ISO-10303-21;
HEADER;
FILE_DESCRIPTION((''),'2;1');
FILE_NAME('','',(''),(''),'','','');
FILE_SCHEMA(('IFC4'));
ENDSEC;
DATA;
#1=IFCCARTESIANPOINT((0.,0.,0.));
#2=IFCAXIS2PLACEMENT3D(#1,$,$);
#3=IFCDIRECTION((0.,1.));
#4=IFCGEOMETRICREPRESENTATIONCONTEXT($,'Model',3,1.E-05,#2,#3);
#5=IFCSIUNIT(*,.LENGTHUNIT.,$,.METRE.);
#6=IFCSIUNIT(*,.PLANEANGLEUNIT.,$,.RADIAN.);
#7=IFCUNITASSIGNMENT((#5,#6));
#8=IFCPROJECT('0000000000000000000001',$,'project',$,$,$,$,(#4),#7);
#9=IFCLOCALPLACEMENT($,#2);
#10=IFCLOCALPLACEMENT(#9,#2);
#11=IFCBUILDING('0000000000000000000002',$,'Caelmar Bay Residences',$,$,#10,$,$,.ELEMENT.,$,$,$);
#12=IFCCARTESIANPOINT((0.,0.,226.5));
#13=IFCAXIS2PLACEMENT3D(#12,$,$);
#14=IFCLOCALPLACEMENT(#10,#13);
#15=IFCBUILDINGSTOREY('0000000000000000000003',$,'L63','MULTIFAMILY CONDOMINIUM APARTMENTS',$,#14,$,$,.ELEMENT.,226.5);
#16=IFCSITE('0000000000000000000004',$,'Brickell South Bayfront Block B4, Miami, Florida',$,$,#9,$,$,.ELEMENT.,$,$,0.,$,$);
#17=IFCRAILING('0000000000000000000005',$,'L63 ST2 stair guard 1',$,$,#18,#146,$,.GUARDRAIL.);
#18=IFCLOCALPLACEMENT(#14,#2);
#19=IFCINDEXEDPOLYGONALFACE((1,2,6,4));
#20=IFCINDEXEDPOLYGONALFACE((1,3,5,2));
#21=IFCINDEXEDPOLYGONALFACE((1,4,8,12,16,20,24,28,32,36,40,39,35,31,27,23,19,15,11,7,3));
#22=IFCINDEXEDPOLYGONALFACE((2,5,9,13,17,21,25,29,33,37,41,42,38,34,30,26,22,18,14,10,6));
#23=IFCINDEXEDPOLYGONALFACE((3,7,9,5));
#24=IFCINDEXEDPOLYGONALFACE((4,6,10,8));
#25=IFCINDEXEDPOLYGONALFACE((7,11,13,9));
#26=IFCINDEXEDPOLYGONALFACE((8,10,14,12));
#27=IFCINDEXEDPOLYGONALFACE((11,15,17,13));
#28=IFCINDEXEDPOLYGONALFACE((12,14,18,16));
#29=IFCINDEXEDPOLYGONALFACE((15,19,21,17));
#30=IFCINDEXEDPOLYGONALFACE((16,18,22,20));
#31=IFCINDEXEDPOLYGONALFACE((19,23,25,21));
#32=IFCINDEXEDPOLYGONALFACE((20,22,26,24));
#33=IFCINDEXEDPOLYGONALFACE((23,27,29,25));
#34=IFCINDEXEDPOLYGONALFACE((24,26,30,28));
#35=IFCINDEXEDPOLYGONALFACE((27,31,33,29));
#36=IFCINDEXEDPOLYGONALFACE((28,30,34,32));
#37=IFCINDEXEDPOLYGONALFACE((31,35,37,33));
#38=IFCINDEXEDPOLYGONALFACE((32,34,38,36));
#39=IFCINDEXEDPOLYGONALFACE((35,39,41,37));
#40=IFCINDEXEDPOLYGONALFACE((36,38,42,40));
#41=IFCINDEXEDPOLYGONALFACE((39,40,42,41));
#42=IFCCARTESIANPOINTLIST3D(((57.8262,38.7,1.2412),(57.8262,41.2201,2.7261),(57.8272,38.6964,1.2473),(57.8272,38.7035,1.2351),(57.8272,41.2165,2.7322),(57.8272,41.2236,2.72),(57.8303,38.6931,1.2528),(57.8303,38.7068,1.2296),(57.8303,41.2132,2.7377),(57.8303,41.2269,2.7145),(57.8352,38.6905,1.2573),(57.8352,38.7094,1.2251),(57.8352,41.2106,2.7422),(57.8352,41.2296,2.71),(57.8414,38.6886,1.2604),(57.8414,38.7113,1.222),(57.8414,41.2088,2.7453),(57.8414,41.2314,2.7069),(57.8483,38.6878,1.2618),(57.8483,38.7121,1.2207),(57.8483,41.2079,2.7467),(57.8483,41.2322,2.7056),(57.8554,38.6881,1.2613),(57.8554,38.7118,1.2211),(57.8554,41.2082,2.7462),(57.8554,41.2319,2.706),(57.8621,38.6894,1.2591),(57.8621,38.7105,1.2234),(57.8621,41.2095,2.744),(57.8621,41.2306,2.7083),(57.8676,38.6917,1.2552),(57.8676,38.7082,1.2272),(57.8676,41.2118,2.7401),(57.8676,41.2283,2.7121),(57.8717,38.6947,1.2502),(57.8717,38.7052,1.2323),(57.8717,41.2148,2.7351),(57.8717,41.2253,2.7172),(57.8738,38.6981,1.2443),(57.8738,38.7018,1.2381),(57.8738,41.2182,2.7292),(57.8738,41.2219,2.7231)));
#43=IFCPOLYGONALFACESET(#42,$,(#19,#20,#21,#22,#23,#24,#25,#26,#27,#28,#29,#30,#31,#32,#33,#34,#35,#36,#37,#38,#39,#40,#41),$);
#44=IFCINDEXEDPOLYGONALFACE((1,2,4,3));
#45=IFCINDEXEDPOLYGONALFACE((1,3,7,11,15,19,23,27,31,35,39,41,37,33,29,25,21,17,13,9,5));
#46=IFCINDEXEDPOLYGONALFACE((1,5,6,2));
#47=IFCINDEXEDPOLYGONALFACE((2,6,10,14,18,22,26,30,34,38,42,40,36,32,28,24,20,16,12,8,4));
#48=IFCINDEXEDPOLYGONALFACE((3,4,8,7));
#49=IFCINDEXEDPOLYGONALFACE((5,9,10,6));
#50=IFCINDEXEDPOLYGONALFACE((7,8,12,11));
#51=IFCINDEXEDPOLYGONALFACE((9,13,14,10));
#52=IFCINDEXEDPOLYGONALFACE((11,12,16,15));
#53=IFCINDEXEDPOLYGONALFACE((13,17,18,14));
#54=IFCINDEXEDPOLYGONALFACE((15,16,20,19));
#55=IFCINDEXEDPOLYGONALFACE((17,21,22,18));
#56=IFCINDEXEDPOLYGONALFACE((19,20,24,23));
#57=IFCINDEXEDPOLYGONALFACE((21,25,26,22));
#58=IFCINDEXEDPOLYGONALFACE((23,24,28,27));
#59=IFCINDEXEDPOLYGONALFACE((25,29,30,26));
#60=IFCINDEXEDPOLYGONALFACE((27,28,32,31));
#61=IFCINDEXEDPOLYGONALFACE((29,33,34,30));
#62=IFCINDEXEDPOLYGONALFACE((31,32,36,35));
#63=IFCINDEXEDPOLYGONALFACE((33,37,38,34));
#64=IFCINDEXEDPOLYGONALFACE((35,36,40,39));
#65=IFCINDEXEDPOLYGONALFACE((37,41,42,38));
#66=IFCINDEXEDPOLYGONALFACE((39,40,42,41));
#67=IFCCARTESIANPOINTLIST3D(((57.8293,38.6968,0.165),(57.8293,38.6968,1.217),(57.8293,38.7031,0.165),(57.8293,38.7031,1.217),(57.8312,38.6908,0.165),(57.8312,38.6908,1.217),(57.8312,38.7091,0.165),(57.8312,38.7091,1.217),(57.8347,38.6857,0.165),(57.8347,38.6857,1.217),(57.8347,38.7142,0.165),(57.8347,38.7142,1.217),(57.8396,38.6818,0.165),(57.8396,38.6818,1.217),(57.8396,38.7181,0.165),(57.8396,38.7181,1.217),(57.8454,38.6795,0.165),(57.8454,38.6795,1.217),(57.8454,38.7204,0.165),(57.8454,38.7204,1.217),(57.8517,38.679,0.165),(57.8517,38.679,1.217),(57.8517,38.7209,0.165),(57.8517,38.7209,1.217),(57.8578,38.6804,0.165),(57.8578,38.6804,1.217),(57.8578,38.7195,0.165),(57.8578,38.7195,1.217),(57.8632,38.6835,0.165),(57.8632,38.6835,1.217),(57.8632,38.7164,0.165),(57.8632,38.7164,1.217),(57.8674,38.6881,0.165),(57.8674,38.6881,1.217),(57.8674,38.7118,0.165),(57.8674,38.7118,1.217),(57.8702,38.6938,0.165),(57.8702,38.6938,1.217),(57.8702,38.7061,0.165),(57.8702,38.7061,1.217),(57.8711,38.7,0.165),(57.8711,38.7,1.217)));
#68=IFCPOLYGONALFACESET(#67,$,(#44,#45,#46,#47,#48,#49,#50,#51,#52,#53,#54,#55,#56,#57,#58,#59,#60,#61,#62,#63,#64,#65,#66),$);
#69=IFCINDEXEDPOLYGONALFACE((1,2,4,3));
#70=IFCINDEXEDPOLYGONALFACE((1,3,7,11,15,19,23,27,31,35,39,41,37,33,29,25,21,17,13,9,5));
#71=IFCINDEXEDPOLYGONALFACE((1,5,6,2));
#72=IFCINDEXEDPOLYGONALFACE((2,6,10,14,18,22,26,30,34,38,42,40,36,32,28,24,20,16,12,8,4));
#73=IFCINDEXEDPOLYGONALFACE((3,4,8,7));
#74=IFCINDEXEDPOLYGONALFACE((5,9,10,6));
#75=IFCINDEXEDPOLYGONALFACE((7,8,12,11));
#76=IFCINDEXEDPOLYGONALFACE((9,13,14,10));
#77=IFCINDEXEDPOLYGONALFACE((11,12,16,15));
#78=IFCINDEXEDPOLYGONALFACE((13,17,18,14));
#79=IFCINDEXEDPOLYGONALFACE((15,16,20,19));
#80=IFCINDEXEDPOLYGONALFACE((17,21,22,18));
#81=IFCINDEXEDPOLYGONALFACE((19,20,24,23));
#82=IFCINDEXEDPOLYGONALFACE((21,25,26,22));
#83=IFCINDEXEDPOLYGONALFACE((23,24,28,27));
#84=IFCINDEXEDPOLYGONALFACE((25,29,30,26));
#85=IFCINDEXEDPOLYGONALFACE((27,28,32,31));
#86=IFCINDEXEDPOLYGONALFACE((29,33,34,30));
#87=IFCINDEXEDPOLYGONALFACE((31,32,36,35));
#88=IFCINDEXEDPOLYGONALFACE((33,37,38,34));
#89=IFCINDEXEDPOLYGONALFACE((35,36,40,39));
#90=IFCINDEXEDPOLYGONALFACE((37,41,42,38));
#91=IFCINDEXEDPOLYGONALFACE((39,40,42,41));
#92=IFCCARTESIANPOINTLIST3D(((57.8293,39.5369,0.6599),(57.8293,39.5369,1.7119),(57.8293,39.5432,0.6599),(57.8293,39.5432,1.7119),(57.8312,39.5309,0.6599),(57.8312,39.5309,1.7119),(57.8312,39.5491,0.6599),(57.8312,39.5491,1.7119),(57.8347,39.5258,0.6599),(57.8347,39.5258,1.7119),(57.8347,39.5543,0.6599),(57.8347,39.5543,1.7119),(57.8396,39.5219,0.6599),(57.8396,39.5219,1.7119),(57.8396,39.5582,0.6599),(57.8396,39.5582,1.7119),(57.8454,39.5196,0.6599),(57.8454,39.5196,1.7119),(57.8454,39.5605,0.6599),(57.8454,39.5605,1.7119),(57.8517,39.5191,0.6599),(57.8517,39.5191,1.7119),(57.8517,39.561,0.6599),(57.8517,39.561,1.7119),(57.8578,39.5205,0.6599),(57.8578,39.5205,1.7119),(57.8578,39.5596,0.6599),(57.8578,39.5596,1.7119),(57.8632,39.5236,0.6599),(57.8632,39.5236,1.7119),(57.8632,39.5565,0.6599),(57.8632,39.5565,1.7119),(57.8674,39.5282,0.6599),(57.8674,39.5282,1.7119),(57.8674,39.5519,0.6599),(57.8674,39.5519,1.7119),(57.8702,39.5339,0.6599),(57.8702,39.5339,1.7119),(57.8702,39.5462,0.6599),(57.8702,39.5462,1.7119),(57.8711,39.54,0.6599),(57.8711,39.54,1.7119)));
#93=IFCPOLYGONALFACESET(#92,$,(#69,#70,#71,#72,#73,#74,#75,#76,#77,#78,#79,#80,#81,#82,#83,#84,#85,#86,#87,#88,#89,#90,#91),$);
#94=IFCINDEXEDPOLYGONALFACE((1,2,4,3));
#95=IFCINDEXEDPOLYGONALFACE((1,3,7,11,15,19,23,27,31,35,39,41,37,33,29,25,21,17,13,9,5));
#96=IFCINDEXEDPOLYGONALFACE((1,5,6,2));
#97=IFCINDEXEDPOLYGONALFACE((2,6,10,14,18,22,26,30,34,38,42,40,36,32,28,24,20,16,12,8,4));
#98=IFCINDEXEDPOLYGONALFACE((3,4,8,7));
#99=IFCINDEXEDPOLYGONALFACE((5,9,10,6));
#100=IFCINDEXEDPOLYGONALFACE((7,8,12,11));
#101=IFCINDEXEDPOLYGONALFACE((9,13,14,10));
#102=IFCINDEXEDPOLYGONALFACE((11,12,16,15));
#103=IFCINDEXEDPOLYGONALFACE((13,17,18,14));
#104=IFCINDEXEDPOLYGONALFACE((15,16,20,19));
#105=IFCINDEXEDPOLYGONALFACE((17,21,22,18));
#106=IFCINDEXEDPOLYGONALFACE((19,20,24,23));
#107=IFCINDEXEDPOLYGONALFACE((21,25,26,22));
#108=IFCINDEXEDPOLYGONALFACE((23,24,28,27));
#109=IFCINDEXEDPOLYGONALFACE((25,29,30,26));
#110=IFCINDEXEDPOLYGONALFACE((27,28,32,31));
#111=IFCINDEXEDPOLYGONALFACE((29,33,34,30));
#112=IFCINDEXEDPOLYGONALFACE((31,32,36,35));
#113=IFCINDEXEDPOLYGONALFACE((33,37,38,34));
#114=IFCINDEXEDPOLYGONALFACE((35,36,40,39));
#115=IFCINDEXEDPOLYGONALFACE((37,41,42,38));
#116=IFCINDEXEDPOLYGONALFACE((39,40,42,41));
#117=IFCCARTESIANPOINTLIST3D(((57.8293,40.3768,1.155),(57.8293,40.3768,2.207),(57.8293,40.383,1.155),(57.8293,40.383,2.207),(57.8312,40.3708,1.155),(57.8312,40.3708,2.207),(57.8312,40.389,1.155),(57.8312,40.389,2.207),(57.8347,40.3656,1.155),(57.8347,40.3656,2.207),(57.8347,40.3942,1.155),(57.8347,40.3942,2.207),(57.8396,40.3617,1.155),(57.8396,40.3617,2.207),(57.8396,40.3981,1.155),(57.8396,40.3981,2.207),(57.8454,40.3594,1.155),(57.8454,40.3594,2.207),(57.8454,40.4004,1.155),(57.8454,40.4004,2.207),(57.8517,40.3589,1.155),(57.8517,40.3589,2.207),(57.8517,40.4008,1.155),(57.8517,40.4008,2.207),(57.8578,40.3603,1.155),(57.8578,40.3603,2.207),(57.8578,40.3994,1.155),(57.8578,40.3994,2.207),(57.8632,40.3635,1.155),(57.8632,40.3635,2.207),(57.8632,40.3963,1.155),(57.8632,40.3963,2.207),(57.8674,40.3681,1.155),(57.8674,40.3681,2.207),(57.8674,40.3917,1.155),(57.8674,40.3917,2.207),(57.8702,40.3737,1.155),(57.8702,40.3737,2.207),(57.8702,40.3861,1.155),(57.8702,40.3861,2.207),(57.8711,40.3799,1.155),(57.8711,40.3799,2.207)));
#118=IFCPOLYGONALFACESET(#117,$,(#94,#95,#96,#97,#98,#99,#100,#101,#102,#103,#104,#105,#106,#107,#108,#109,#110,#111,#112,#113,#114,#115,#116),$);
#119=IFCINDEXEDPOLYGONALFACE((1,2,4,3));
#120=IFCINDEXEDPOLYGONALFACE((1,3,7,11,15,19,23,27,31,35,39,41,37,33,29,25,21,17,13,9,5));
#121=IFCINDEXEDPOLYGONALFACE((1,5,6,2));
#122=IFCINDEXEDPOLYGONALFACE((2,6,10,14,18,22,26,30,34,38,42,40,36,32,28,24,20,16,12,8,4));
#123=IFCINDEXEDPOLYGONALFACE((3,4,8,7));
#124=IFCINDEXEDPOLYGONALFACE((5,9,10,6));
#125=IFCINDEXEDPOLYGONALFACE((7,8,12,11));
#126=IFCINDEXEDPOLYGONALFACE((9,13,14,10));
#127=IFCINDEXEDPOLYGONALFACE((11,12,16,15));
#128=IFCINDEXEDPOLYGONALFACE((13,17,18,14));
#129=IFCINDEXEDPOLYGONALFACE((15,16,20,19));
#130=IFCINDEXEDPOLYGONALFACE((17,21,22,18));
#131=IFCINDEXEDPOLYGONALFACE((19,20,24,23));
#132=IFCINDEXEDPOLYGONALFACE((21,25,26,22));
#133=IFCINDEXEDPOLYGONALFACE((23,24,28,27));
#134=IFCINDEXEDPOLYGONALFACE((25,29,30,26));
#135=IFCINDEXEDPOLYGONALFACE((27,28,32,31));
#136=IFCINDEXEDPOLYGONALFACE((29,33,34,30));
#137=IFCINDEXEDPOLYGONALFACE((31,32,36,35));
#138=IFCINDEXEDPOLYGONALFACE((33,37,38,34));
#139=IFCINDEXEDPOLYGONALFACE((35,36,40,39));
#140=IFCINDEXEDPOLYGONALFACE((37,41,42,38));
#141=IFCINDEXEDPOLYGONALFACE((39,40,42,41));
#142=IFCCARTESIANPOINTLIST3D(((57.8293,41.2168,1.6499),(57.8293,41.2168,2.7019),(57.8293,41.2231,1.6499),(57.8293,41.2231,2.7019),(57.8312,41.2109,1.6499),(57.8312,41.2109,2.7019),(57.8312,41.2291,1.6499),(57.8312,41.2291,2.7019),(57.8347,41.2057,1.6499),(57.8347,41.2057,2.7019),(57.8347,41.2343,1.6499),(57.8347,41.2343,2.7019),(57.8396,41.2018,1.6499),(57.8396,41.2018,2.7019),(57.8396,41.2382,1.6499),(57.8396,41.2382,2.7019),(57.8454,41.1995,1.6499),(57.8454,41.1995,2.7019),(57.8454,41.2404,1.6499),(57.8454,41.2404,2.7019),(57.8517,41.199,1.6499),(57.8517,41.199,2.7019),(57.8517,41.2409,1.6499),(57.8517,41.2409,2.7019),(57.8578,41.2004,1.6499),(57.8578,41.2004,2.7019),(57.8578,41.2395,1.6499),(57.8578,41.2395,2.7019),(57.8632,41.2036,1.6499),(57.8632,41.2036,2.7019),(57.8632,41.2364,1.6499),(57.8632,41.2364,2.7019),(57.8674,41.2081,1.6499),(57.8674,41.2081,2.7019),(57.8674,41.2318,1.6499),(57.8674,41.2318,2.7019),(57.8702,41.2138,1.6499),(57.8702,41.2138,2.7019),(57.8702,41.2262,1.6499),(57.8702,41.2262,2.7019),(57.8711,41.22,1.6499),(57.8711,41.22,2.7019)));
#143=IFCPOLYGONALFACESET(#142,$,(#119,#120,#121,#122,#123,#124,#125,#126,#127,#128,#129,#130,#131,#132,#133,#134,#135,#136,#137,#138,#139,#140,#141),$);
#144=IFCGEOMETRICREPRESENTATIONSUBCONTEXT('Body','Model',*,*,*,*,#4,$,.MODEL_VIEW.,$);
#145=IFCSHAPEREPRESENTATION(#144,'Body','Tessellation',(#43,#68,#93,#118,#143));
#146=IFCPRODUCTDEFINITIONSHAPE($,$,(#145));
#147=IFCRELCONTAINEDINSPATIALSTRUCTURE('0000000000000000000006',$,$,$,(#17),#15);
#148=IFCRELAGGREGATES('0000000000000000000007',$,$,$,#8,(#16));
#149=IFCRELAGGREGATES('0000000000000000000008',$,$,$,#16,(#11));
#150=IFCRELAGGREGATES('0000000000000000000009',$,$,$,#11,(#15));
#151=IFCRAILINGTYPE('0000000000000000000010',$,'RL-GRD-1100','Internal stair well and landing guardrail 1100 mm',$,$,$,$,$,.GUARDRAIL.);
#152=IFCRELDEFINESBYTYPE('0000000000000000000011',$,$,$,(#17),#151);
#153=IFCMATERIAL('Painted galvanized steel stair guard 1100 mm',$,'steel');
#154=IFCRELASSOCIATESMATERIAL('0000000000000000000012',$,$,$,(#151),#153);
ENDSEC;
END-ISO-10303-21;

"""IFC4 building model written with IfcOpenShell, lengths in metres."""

from ifc_helpers import new_model, si_unit, direction, frame, origin, origin_2d, place, context, subcontext, project, spatial, circle, extrude, material, type_object, element, save


model = new_model("IFC4")

# Units and contexts
model_context = context("Model", 3, precision=1e-05, world=origin(), true_north=direction((0.0, 1.0)))
body_context = subcontext(model_context, "Body", "Model", "MODEL_VIEW")
ifc_project = project(units=[si_unit("LENGTHUNIT", "METRE"), si_unit("PLANEANGLEUNIT", "RADIAN")], contexts=[model_context])

# Site, building, storey
site_placement = place(None, origin())
site = spatial("IfcSite", under=ifc_project, at=site_placement, Name="Brickell South Bayfront Block B4, Miami, Florida", CompositionType="ELEMENT", RefElevation=0.0)
building_placement = place(site_placement, origin())
building = spatial("IfcBuilding", under=site, at=building_placement, Name="Caelmar Bay Residences", CompositionType="ELEMENT")
storey_placement = place(building_placement, frame((0.0, 0.0, 226.5)))
storey = spatial("IfcBuildingStorey", under=building, at=storey_placement, Name="L63", Description="MULTIFAMILY CONDOMINIUM APARTMENTS", CompositionType="ELEMENT", Elevation=226.5)

# Railing
ifc_material_1 = material(Name="Painted galvanized steel stair guard 1100 mm", Category="steel")
railing_type_1 = type_object("IfcRailingType", Name="RL-GRD-1100", Description="Internal stair well and landing guardrail 1100 mm", PredefinedType="GUARDRAIL", material=ifc_material_1)
railing_1_placement = place(storey_placement, frame((57.8501, 38.7, 0.165)))
element("IfcRailing", 1, at=railing_1_placement, inside=storey, type_object=railing_type_1, Name="L63 ST2 stair guard 1", PredefinedType="GUARDRAIL", context=body_context, shape_type="SweptSolid", body=[
    extrude(circle(Radius=0.0239, at=origin_2d()), frame((0.0, 0.0, 1.0762), z_axis=(0.0, 0.861561, 0.507655), x_axis=(-1.0, 0.0, 0.0)), (0.0, 0.0, 1.0), 2.925),
    extrude(circle(Radius=0.021, at=origin_2d()), origin(), (0.0, 0.0, 1.0), 1.052),
    extrude(circle(Radius=0.021, at=origin_2d()), frame((0.0, 0.8401, 0.4949)), (0.0, 0.0, 1.0), 1.052),
    extrude(circle(Radius=0.021, at=origin_2d()), frame((0.0, 1.6799, 0.99)), (0.0, 0.0, 1.0), 1.052),
    extrude(circle(Radius=0.021, at=origin_2d()), frame((0.0, 2.52, 1.4849)), (0.0, 0.0, 1.0), 1.052),
])

save(model, "model.ifc")
